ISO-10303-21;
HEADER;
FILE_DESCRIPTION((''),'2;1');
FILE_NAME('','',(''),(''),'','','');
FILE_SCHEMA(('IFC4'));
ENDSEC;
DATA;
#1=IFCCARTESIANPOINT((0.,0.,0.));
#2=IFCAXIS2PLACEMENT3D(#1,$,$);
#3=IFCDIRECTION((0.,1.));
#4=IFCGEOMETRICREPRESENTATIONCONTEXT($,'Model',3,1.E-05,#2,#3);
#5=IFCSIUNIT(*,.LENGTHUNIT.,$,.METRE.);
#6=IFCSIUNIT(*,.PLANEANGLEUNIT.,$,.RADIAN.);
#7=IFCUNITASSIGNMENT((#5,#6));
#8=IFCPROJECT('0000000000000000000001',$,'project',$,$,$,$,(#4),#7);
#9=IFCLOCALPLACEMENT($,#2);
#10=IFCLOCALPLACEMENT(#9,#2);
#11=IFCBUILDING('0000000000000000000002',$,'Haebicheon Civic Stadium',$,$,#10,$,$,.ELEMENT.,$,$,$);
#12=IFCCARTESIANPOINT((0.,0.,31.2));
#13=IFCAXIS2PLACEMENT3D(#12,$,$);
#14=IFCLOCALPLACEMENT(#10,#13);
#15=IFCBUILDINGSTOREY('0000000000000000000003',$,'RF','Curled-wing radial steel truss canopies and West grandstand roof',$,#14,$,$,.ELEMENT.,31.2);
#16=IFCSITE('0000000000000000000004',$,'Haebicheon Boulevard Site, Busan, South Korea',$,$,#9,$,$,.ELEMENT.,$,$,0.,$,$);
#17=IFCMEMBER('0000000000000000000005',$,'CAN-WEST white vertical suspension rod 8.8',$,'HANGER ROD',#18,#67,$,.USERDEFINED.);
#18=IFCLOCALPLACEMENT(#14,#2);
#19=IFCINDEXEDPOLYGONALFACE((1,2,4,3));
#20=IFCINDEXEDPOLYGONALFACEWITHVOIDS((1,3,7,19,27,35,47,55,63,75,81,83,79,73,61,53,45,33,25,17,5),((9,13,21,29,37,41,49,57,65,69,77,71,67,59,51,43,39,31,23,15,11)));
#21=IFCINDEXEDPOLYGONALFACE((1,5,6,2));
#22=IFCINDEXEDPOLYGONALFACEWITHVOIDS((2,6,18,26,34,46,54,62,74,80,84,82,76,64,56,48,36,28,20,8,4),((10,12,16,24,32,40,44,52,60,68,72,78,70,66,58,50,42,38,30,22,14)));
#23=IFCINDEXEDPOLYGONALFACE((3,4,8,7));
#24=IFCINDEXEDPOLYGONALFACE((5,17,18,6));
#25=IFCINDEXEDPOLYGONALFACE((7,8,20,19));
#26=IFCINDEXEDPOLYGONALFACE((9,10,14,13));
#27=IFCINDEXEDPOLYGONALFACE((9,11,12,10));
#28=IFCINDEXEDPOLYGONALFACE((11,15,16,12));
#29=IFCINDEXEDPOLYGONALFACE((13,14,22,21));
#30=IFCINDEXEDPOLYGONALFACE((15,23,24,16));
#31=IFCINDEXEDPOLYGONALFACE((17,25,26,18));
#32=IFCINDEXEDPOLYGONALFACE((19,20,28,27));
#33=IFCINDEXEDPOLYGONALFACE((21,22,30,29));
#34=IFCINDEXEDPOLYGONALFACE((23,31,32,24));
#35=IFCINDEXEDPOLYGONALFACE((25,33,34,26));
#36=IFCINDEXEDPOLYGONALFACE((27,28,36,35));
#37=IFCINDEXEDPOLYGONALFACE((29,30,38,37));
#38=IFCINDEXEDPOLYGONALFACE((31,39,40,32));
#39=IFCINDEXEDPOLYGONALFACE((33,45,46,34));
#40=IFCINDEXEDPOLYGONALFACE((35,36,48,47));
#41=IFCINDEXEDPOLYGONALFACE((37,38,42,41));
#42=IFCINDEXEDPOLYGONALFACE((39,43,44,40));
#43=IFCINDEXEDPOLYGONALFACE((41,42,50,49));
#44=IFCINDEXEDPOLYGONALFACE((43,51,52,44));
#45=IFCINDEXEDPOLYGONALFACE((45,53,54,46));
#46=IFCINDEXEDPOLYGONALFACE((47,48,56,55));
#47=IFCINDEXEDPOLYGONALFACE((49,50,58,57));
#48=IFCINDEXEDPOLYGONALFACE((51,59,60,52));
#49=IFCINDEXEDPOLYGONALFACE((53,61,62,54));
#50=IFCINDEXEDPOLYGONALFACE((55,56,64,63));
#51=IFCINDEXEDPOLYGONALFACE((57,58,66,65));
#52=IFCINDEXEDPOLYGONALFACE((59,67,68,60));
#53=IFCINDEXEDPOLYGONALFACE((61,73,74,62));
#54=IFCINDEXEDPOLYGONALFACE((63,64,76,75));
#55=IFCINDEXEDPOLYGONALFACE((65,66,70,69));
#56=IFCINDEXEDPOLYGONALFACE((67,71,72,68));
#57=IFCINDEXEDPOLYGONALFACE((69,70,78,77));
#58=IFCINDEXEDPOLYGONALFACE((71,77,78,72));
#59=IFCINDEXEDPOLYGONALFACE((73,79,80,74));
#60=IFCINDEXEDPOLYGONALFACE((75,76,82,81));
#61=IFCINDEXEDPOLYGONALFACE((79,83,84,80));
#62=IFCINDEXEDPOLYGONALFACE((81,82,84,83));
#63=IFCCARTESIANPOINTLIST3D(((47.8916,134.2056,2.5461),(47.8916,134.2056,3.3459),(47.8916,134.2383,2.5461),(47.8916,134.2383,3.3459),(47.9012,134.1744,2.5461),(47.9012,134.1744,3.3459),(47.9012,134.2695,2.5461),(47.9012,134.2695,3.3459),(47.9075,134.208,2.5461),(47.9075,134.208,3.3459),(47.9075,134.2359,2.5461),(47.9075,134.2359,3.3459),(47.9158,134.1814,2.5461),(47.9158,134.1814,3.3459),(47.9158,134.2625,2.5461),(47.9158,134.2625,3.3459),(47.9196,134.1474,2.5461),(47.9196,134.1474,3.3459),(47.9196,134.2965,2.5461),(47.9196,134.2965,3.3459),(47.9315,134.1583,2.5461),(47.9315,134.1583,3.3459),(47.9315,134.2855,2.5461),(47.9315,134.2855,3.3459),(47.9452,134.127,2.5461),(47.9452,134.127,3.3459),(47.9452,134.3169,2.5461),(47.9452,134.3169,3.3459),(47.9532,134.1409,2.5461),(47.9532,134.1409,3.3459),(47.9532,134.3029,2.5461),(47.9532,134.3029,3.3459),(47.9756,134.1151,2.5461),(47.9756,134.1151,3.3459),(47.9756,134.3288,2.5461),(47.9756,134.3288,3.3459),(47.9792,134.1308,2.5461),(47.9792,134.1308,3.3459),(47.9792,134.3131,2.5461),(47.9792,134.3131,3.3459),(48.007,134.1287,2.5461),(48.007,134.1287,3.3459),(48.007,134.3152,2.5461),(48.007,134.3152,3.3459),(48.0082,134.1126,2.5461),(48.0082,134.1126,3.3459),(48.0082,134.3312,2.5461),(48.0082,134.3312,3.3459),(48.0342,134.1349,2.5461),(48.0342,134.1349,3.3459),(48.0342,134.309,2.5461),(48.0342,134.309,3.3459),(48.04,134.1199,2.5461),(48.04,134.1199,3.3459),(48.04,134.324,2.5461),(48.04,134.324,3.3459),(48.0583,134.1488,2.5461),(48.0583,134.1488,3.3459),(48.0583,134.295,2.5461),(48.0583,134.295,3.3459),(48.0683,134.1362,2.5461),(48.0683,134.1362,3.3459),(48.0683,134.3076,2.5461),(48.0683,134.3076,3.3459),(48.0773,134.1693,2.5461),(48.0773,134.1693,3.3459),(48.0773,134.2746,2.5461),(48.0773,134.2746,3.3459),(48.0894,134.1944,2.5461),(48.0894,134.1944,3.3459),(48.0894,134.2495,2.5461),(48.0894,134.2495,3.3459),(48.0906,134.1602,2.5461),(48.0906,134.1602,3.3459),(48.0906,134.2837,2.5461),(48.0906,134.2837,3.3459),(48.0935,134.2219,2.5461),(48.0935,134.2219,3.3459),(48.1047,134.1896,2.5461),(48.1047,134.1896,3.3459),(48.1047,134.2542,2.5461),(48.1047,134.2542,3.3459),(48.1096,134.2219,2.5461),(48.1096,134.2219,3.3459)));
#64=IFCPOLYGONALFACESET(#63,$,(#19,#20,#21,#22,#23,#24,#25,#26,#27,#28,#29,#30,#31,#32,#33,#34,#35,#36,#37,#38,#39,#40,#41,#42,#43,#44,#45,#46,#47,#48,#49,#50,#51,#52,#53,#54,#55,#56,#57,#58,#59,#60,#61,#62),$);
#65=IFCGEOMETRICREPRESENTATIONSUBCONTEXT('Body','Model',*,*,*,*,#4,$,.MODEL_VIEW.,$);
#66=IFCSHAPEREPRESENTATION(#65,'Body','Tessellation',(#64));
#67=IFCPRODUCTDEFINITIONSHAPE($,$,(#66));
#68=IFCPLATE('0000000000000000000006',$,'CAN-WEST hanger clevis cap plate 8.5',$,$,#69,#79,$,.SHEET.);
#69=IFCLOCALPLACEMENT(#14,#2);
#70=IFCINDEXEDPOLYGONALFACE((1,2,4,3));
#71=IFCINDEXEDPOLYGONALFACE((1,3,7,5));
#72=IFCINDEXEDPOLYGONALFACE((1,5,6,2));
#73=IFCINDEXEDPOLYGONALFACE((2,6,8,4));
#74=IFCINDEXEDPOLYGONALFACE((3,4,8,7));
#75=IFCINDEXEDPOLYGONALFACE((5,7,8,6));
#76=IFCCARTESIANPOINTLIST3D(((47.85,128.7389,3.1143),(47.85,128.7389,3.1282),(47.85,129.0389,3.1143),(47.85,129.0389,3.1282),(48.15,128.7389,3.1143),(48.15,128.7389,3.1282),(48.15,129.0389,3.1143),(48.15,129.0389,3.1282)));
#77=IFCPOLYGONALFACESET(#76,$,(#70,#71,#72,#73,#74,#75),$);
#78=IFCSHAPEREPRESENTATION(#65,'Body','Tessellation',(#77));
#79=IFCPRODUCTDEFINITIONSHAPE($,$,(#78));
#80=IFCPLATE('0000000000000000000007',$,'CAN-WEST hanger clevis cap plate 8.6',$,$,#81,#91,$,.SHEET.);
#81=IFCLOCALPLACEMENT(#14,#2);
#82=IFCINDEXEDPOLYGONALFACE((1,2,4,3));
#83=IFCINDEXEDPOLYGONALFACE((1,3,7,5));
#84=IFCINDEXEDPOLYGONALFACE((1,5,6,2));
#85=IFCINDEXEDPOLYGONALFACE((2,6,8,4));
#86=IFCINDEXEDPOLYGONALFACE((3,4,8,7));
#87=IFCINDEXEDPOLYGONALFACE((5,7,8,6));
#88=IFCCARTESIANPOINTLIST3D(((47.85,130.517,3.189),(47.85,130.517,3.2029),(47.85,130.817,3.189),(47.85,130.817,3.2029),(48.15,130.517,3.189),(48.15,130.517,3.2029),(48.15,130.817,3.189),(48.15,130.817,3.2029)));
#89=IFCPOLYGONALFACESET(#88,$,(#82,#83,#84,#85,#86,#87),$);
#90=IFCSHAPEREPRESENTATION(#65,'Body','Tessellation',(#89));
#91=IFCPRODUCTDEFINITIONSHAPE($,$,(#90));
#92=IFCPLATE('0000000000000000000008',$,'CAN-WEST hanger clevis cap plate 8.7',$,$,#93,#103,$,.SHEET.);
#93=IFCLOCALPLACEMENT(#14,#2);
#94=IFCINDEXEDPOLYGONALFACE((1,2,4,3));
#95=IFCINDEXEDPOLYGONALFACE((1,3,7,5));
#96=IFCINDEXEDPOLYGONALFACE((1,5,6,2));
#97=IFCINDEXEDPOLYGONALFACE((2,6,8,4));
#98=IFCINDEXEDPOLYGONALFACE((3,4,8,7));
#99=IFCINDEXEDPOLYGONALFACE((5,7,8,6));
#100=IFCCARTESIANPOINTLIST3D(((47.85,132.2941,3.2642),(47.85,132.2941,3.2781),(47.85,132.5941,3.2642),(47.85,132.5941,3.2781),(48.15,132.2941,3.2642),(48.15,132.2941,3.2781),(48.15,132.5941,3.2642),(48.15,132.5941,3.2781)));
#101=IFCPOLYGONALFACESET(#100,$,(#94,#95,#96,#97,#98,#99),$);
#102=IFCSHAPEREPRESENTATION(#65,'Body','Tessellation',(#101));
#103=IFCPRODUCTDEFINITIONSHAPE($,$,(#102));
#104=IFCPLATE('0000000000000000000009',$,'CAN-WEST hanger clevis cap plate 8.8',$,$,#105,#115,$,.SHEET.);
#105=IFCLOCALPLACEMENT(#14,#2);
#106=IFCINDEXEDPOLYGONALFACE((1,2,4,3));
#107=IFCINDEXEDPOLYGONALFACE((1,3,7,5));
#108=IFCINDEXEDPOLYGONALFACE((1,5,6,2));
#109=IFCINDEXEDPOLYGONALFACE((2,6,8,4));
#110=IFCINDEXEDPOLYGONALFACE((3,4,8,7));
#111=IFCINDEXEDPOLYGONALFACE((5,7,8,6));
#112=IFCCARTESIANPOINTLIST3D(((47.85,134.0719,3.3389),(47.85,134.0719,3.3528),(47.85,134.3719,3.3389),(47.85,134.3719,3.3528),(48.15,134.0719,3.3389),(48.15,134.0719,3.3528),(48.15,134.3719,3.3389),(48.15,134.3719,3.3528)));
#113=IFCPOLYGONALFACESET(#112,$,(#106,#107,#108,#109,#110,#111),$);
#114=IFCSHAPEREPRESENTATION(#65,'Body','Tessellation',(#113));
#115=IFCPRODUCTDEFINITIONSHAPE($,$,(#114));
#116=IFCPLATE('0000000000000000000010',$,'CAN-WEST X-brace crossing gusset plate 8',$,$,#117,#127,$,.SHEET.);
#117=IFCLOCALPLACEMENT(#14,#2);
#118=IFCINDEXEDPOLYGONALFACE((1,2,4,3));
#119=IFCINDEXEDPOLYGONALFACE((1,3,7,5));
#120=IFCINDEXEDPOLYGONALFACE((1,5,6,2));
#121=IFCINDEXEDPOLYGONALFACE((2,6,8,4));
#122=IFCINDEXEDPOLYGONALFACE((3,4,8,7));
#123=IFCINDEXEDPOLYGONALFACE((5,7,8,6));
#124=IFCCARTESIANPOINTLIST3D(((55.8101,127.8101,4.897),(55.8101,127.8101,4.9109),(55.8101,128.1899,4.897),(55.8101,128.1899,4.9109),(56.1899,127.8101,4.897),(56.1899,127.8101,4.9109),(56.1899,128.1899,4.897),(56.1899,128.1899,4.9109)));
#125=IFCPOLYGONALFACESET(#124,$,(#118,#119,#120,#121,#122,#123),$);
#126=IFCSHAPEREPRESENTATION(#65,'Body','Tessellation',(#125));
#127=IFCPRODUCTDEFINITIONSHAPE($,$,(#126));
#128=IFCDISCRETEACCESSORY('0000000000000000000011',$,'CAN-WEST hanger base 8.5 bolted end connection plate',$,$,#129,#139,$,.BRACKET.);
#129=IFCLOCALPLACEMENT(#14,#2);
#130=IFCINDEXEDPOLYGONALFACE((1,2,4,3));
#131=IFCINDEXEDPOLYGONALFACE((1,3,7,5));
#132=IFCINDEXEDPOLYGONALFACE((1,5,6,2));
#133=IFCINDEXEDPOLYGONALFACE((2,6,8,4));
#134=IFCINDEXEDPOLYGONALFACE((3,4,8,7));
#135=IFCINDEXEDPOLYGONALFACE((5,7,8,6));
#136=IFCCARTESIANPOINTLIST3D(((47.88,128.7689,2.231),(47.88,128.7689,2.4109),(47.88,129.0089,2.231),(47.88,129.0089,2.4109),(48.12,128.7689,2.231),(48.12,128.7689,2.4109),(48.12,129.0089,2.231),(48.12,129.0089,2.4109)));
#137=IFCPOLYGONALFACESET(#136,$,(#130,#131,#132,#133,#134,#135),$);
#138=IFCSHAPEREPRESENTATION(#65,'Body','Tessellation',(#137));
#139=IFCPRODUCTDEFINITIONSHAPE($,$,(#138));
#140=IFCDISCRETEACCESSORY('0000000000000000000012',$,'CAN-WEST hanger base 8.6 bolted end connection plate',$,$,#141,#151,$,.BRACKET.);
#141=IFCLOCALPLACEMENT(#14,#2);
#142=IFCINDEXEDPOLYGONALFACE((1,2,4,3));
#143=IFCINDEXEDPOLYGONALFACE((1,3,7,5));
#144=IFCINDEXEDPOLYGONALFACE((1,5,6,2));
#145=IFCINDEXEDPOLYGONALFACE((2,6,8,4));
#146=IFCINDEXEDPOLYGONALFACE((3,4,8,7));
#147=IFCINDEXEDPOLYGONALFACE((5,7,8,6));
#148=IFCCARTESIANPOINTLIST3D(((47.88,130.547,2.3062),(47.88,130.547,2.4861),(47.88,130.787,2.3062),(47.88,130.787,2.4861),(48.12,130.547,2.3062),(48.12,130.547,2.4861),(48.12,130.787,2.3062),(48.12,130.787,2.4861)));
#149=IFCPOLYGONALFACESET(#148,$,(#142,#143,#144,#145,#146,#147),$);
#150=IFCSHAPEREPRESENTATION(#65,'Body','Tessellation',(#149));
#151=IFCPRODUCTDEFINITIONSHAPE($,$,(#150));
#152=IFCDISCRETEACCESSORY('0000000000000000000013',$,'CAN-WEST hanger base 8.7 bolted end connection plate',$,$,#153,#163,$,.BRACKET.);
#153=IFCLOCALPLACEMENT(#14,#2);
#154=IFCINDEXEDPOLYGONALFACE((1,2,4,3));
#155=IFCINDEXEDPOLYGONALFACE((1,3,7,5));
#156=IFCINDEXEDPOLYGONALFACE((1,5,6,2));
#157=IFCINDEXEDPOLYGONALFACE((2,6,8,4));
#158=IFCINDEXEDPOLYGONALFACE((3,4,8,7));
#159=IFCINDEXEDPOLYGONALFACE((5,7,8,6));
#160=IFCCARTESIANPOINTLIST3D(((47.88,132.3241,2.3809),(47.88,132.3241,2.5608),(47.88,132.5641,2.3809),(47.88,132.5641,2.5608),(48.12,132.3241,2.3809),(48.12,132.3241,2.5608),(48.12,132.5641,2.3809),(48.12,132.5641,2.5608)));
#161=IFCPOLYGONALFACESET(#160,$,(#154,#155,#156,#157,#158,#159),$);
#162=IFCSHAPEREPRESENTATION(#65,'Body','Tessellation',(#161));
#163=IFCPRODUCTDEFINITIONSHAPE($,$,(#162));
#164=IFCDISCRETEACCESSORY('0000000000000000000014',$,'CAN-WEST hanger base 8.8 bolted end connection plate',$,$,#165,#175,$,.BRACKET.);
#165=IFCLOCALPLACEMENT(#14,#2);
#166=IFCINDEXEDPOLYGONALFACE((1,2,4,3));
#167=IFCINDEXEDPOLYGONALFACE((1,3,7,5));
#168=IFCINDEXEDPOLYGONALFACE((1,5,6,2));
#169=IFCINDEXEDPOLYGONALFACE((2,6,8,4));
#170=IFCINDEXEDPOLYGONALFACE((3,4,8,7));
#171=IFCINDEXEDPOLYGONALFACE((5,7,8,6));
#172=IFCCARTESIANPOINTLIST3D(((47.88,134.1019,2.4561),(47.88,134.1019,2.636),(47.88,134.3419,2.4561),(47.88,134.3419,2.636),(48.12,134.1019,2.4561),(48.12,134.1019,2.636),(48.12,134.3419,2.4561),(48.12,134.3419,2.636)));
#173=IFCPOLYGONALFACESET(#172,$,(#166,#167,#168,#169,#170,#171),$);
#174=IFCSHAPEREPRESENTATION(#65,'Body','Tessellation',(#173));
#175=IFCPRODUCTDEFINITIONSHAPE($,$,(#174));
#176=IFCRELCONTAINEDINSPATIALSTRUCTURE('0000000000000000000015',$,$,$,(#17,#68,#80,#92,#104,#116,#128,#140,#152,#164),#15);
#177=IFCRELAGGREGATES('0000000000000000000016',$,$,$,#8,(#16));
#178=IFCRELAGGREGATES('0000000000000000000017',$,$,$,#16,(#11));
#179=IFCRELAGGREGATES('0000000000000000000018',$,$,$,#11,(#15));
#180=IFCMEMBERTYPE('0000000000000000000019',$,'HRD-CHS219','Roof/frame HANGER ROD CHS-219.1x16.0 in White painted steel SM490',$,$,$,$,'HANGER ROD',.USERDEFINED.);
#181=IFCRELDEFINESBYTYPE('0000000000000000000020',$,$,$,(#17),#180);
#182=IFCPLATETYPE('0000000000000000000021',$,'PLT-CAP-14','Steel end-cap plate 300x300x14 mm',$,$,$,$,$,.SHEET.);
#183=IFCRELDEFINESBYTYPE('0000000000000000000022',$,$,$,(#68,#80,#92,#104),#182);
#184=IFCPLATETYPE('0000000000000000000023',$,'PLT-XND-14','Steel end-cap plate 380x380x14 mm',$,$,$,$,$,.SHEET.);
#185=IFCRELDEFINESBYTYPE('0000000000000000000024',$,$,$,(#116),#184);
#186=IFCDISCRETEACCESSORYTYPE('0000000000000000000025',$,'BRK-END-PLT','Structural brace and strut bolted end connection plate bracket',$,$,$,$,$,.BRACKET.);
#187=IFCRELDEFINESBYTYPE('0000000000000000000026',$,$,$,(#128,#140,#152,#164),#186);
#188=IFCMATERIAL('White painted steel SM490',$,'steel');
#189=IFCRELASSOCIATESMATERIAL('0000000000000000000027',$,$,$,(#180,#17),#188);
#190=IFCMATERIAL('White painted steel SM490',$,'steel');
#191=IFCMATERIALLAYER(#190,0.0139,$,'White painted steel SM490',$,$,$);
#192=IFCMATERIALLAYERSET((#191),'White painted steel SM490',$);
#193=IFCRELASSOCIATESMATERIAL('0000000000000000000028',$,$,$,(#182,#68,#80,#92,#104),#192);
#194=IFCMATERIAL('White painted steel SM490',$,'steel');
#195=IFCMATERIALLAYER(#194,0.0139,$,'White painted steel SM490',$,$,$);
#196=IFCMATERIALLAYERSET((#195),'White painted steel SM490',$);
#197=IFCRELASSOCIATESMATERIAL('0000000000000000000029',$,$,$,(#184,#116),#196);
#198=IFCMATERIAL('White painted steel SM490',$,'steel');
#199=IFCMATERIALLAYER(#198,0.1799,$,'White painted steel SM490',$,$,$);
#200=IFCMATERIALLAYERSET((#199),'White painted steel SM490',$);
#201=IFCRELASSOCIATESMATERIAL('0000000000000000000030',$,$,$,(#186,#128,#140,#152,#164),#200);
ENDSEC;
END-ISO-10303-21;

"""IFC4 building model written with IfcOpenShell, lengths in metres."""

from ifc_helpers import new_model, si_unit, direction, frame, origin, origin_2d, place, context, subcontext, project, spatial, rectangle, hollow_circle, extrude, material, layer, layer_set, material_profile, profile_set, type_object, element, save


model = new_model("IFC4")

# Units and contexts
model_context = context("Model", 3, precision=1e-05, world=origin(), true_north=direction((0.0, 1.0)))
body_context = subcontext(model_context, "Body", "Model", "MODEL_VIEW")
ifc_project = project(units=[si_unit("LENGTHUNIT", "METRE"), si_unit("PLANEANGLEUNIT", "RADIAN")], contexts=[model_context])

# Site, building, storey
site_placement = place(None, origin())
site = spatial("IfcSite", under=ifc_project, at=site_placement, Name="Haebicheon Boulevard Site, Busan, South Korea", CompositionType="ELEMENT", RefElevation=0.0)
building_placement = place(site_placement, origin())
building = spatial("IfcBuilding", under=site, at=building_placement, Name="Haebicheon Civic Stadium", CompositionType="ELEMENT")
storey_placement = place(building_placement, frame((0.0, 0.0, 31.2)))
storey = spatial("IfcBuildingStorey", under=building, at=storey_placement, Name="RF", Description="Curled-wing radial steel truss canopies and West grandstand roof", CompositionType="ELEMENT", Elevation=31.2)

# Member
ifc_material_1 = material(Name="White painted steel SM490", Category="steel")
ifc_material_profile_1 = material_profile(ifc_material_1, hollow_circle(Radius=0.1096, WallThickness=0.0161, at=origin_2d()), Name="CHS-219.1x16.0")
ifc_profile_set_1 = profile_set([ifc_material_profile_1], Name="White painted steel SM490")
member_type_1 = type_object("IfcMemberType", Name="HRD-CHS219", Description="Roof/frame HANGER ROD CHS-219.1x16.0 in White painted steel SM490", ElementType="HANGER ROD", PredefinedType="USERDEFINED", material=ifc_profile_set_1)
member_1_placement = place(storey_placement, frame((48.0, 134.2219, 2.5461), z_axis=(0.0, 0.0, 1.0), x_axis=(1.0, 0.0, 0.0)))
element("IfcMember", 1, at=member_1_placement, inside=storey, type_object=member_type_1, material=ifc_profile_set_1, Name="CAN-WEST white vertical suspension rod 8.8", ObjectType="HANGER ROD", PredefinedType="USERDEFINED", context=body_context, shape_type="SweptSolid", body=[
    extrude(hollow_circle(Radius=0.1096, WallThickness=0.0161, at=origin_2d()), origin(), (0.0, 0.0, 1.0), 0.7998),
])

# Plates
ifc_material_2 = material(Name="White painted steel SM490", Category="steel")
ifc_layer_1 = layer(ifc_material_2, 0.0139, Name="White painted steel SM490")
ifc_layer_set_1 = layer_set([ifc_layer_1], Name="White painted steel SM490")
plate_type_1 = type_object("IfcPlateType", Name="PLT-CAP-14", Description="Steel end-cap plate 300x300x14 mm", PredefinedType="SHEET", material=ifc_layer_set_1)
for number, where, z_axis, x_axis, name in (
    (2, (48.0, 128.8889, 3.1143), (0.0, 0.0, 1.0), (1.0, 0.0, 0.0), "CAN-WEST hanger clevis cap plate 8.5"),
    (3, (48.0, 130.667, 3.189), (0.0, 0.0, 1.0), (1.0, 0.0, 0.0), "CAN-WEST hanger clevis cap plate 8.6"),
    (4, (48.0, 132.4441, 3.2642), (0.0, 0.0, 1.0), (1.0, 0.0, 0.0), "CAN-WEST hanger clevis cap plate 8.7"),
    (5, (48.0, 134.2219, 3.3389), (0.0, 0.0, 1.0), (1.0, 0.0, 0.0), "CAN-WEST hanger clevis cap plate 8.8"),
):
    element("IfcPlate", number, at=place(storey_placement, frame(where, z_axis=z_axis, x_axis=x_axis)), inside=storey, type_object=plate_type_1, material=ifc_layer_set_1, Name=name, PredefinedType="SHEET", context=body_context, shape_type="SweptSolid", body=[
        extrude(rectangle(XDim=0.3, YDim=0.3, at=origin_2d()), origin(), (0.0, 0.0, 1.0), 0.0139),
    ])
ifc_material_3 = material(Name="White painted steel SM490", Category="steel")
ifc_layer_2 = layer(ifc_material_3, 0.0139, Name="White painted steel SM490")
ifc_layer_set_2 = layer_set([ifc_layer_2], Name="White painted steel SM490")
plate_type_2 = type_object("IfcPlateType", Name="PLT-XND-14", Description="Steel end-cap plate 380x380x14 mm", PredefinedType="SHEET", material=ifc_layer_set_2)
plate_placement = place(storey_placement, frame((56.0, 128.0, 4.897), z_axis=(0.0, 0.0, 1.0), x_axis=(1.0, 0.0, 0.0)))
element("IfcPlate", 6, at=plate_placement, inside=storey, type_object=plate_type_2, material=ifc_layer_set_2, Name="CAN-WEST X-brace crossing gusset plate 8", PredefinedType="SHEET", context=body_context, shape_type="SweptSolid", body=[
    extrude(rectangle(XDim=0.3799, YDim=0.3799, at=origin_2d()), origin(), (0.0, 0.0, 1.0), 0.0139),
])

# Discrete accessories
ifc_material_4 = material(Name="White painted steel SM490", Category="steel")
ifc_layer_3 = layer(ifc_material_4, 0.1799, Name="White painted steel SM490")
ifc_layer_set_3 = layer_set([ifc_layer_3], Name="White painted steel SM490")
discrete_accessory_type = type_object("IfcDiscreteAccessoryType", Name="BRK-END-PLT", Description="Structural brace and strut bolted end connection plate bracket", PredefinedType="BRACKET", material=ifc_layer_set_3)
for number, where, z_axis, x_axis, name in (
    (7, (48.0, 128.8889, 2.231), (0.0, 0.0, 1.0), (1.0, 0.0, 0.0), "CAN-WEST hanger base 8.5 bolted end connection plate"),
    (8, (48.0, 130.667, 2.3062), (0.0, 0.0, 1.0), (1.0, 0.0, 0.0), "CAN-WEST hanger base 8.6 bolted end connection plate"),
    (9, (48.0, 132.4441, 2.3809), (0.0, 0.0, 1.0), (1.0, 0.0, 0.0), "CAN-WEST hanger base 8.7 bolted end connection plate"),
    (10, (48.0, 134.2219, 2.4561), (0.0, 0.0, 1.0), (1.0, 0.0, 0.0), "CAN-WEST hanger base 8.8 bolted end connection plate"),
):
    element("IfcDiscreteAccessory", number, at=place(storey_placement, frame(where, z_axis=z_axis, x_axis=x_axis)), inside=storey, type_object=discrete_accessory_type, material=ifc_layer_set_3, Name=name, PredefinedType="BRACKET", context=body_context, shape_type="SweptSolid", body=[
        extrude(rectangle(XDim=0.24, YDim=0.24, at=origin_2d()), origin(), (0.0, 0.0, 1.0), 0.1799),
    ])

save(model, "model.ifc")
